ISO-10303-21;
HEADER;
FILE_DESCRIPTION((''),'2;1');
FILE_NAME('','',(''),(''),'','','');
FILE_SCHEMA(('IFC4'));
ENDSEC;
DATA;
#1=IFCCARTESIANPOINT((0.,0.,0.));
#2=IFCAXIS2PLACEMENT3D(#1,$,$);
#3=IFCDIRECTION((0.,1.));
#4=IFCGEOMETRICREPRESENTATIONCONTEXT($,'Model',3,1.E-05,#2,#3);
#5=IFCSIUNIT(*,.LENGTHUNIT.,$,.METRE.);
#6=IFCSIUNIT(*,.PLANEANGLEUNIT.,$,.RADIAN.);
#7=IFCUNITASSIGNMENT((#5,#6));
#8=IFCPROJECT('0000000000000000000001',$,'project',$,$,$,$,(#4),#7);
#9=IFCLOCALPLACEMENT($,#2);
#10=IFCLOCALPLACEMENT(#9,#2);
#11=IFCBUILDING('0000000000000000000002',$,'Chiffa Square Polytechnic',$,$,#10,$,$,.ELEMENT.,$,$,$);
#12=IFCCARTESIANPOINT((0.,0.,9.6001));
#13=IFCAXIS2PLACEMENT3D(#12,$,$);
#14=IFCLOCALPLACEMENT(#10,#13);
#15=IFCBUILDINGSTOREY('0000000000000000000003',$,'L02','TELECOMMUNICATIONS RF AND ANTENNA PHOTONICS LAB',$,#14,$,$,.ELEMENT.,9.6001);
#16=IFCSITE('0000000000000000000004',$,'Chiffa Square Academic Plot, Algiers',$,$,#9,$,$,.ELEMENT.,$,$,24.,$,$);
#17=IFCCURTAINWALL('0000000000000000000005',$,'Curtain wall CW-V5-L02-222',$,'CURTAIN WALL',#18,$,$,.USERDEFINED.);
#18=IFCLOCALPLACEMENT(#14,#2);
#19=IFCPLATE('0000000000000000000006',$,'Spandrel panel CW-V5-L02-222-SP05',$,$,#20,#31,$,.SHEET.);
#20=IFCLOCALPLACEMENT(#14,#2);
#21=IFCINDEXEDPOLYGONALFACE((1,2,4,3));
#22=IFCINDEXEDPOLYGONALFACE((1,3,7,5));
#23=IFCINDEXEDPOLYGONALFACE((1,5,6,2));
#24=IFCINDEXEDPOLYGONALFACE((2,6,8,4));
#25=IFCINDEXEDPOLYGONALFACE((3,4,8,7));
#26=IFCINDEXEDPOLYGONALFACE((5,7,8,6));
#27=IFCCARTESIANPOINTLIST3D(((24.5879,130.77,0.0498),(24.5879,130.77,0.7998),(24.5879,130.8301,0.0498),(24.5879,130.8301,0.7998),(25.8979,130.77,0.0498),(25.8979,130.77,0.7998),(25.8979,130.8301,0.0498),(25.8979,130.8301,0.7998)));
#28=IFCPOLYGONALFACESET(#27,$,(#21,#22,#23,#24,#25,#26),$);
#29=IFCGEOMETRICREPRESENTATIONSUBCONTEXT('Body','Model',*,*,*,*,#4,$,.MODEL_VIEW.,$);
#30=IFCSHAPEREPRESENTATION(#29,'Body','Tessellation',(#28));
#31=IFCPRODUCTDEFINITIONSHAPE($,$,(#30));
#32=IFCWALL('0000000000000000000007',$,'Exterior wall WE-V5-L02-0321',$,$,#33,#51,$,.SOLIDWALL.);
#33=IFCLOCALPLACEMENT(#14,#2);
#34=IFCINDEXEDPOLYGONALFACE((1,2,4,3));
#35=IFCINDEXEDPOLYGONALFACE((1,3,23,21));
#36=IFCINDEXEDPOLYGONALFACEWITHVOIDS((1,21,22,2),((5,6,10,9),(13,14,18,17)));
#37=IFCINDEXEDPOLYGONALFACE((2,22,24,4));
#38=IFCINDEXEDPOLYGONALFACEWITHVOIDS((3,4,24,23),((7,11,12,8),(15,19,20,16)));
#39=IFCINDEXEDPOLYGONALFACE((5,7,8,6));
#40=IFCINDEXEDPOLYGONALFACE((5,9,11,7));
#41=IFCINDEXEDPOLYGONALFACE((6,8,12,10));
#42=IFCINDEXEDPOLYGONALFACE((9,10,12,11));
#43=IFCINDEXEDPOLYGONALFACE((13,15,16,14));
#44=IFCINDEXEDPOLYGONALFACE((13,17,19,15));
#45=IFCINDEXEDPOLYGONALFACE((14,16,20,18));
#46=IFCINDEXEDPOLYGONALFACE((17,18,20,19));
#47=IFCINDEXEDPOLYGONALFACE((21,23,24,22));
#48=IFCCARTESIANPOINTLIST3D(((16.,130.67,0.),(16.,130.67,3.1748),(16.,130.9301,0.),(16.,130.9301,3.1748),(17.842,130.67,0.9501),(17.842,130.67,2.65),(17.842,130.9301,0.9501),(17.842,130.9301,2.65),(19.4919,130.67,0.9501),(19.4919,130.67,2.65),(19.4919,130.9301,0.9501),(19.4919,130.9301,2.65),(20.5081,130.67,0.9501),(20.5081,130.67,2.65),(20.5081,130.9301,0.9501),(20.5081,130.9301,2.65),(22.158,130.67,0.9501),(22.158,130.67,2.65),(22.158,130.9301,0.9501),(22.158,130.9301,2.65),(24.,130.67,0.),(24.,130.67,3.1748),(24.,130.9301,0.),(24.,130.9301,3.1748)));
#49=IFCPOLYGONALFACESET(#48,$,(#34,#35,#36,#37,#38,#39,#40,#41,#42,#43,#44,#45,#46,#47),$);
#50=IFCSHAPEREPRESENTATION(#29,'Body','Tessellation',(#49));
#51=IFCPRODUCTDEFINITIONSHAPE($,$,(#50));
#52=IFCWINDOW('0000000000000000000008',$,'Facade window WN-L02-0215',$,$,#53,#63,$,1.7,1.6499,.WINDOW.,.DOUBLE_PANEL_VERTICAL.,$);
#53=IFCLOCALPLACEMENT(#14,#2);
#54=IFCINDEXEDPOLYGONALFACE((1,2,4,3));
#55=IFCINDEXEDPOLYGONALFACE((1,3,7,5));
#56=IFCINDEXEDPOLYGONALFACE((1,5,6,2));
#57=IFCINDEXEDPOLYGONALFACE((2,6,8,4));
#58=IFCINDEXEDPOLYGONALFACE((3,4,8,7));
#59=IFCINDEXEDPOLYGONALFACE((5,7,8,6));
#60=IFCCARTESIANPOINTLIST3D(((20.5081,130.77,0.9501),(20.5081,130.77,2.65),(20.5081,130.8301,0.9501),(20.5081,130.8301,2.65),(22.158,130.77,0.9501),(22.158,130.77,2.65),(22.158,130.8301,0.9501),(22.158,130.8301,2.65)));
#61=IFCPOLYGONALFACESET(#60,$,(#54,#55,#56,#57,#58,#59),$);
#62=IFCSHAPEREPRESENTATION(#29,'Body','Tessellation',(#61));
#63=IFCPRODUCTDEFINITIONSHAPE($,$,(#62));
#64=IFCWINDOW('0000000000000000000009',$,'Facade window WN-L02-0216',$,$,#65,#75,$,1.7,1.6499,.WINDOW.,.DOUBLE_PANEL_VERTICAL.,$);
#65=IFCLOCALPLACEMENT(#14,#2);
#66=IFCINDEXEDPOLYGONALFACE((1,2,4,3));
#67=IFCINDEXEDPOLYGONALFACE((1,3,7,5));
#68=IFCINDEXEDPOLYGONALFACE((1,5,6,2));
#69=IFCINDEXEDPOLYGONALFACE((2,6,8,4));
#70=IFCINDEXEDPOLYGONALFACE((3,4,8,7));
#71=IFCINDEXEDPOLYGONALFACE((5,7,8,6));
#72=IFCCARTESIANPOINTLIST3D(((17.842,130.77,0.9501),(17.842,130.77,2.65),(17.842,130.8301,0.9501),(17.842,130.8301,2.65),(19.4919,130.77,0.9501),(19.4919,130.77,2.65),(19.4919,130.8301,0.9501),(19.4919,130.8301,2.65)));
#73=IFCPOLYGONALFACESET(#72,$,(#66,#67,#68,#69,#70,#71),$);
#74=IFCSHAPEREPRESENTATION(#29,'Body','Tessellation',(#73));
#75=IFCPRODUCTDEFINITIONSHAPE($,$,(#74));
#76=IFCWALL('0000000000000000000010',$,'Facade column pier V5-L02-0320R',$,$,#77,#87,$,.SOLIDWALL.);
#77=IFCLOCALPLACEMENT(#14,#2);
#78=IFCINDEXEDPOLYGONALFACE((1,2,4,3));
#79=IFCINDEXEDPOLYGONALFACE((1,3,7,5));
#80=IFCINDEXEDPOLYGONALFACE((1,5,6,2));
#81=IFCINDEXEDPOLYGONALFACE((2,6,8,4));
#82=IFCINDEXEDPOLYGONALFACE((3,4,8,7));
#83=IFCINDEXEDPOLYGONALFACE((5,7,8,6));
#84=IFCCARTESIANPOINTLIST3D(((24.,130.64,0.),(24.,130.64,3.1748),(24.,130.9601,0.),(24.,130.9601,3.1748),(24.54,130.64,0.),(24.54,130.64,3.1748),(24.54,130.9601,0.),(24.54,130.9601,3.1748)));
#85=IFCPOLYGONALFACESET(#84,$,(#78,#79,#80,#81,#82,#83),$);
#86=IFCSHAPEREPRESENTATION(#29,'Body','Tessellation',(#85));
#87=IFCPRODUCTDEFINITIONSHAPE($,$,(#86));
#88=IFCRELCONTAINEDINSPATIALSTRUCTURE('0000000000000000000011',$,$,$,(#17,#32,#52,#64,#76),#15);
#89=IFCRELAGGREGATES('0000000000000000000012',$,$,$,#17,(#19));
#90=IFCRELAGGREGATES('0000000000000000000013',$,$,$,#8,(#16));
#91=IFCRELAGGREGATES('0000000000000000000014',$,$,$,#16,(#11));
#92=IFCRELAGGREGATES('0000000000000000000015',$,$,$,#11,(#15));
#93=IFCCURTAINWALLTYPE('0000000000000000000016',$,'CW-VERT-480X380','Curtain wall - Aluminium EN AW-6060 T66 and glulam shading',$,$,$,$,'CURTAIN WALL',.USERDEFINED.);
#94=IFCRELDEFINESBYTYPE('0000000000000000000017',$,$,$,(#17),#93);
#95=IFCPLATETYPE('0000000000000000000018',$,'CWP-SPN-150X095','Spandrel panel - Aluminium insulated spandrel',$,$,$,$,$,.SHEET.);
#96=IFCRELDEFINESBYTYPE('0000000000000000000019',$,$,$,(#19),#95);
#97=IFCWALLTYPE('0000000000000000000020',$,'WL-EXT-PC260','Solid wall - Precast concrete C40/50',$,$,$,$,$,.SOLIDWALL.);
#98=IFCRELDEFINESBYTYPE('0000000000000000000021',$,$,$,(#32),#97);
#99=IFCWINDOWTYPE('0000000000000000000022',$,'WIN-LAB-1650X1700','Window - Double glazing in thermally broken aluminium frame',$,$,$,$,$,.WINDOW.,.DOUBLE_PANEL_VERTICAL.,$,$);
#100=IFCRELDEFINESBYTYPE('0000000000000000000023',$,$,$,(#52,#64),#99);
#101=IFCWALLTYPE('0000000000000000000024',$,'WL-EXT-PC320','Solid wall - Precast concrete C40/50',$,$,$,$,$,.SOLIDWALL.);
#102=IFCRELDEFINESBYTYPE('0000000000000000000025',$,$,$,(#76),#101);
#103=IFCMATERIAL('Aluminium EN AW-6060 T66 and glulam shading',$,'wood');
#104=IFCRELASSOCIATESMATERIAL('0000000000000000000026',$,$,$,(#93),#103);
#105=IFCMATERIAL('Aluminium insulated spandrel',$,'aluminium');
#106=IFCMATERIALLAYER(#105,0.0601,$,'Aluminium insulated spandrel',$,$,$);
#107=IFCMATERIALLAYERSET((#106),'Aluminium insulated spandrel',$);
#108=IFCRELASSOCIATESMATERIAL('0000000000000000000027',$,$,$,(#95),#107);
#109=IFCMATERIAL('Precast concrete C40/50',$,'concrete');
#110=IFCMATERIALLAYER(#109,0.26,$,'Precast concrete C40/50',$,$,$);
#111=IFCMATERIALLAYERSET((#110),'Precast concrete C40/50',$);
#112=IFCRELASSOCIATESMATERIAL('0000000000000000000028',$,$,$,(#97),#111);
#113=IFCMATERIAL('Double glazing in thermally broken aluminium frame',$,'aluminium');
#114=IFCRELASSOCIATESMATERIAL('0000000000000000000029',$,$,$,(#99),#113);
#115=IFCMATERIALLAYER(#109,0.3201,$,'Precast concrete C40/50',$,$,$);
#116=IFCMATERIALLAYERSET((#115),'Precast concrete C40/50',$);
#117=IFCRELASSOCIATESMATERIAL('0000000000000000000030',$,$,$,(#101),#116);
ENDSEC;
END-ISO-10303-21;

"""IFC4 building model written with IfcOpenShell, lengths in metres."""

from ifc_helpers import new_model, si_unit, direction, frame, frame_2d, origin, origin_2d, place, context, subcontext, project, spatial, rectangle, extrude, material, layer, layer_set, type_object, element, fill, aggregate, save


model = new_model("IFC4")

# Units and contexts
model_context = context("Model", 3, precision=1e-05, world=origin(), true_north=direction((0.0, 1.0)))
body_context = subcontext(model_context, "Body", "Model", "MODEL_VIEW")
ifc_project = project(units=[si_unit("LENGTHUNIT", "METRE"), si_unit("PLANEANGLEUNIT", "RADIAN")], contexts=[model_context])

# Site, building, storey
site_placement = place(None, origin())
site = spatial("IfcSite", under=ifc_project, at=site_placement, Name="Chiffa Square Academic Plot, Algiers", CompositionType="ELEMENT", RefElevation=24.0)
building_placement = place(site_placement, origin())
building = spatial("IfcBuilding", under=site, at=building_placement, Name="Chiffa Square Polytechnic", CompositionType="ELEMENT")
storey_placement = place(building_placement, frame((0.0, 0.0, 9.6001)))
storey = spatial("IfcBuildingStorey", under=building, at=storey_placement, Name="L02", Description="TELECOMMUNICATIONS RF AND ANTENNA PHOTONICS LAB", CompositionType="ELEMENT", Elevation=9.6001)

# Curtain wall, plate
ifc_material_1 = material(Name="Aluminium EN AW-6060 T66 and glulam shading", Category="wood")
curtain_wall_type = type_object("IfcCurtainWallType", Name="CW-VERT-480X380", Description="Curtain wall - Aluminium EN AW-6060 T66 and glulam shading", ElementType="CURTAIN WALL", PredefinedType="USERDEFINED", material=ifc_material_1)
curtain_wall_placement = place(storey_placement, origin())
curtain_wall = element("IfcCurtainWall", 1, at=curtain_wall_placement, inside=storey, type_object=curtain_wall_type, Name="Curtain wall CW-V5-L02-222", ObjectType="CURTAIN WALL", PredefinedType="USERDEFINED")
ifc_material_2 = material(Name="Aluminium insulated spandrel", Category="aluminium")
ifc_layer_1 = layer(ifc_material_2, 0.0601, Name="Aluminium insulated spandrel")
ifc_layer_set_1 = layer_set([ifc_layer_1], Name="Aluminium insulated spandrel")
plate_type_1 = type_object("IfcPlateType", Name="CWP-SPN-150X095", Description="Spandrel panel - Aluminium insulated spandrel", PredefinedType="SHEET", material=ifc_layer_set_1)
plate_1_placement = place(storey_placement, frame((25.2429, 130.8, 0.0498), z_axis=(0.0, 0.0, 1.0), x_axis=(-1.0, 0.0, 0.0)))
plate_1 = element("IfcPlate", 2, at=plate_1_placement, type_object=plate_type_1, Name="Spandrel panel CW-V5-L02-222-SP05", PredefinedType="SHEET", context=body_context, shape_type="SweptSolid", body=[
    extrude(rectangle(XDim=1.3101, YDim=0.0601, at=origin_2d()), origin(), (0.0, 0.0, 1.0), 0.75),
])
aggregate(curtain_wall, [plate_1])

# Wall, openings, windows
ifc_material_3 = material(Name="Precast concrete C40/50", Category="concrete")
ifc_layer_2 = layer(ifc_material_3, 0.26, Name="Precast concrete C40/50")
ifc_layer_set_2 = layer_set([ifc_layer_2], Name="Precast concrete C40/50")
wall_type_1 = type_object("IfcWallType", Name="WL-EXT-PC260", Description="Solid wall - Precast concrete C40/50", PredefinedType="SOLIDWALL", material=ifc_layer_set_2)
wall_1_placement = place(storey_placement, frame((24.0, 130.8, 0.0), z_axis=(0.0, 0.0, 1.0), x_axis=(-1.0, 0.0, 0.0)))
wall_1 = element("IfcWall", 3, at=wall_1_placement, inside=storey, type_object=wall_type_1, Name="Exterior wall WE-V5-L02-0321", PredefinedType="SOLIDWALL", context=body_context, shape_type="SweptSolid", body=[
    extrude(rectangle(XDim=8.0, YDim=0.26, at=frame_2d((4.0, 0.0))), origin(), (0.0, 0.0, 1.0), 3.1748),
])
opening_1_placement = place(wall_1_placement, frame((1.842, 0.0, 0.95)))
opening_1 = element("IfcOpeningElement", 4, at=opening_1_placement, cuts=wall_1, PredefinedType="OPENING", context=body_context, shape_type="SweptSolid", body=[
    extrude(rectangle(XDim=1.6499, YDim=1.7, at=frame_2d((0.825, 0.8501))), frame((0.0, 0.1401, 0.0), z_axis=(0.0, -1.0, 0.0), x_axis=(1.0, 0.0, 0.0)), (0.0, 0.0, 1.0), 0.28),
])
opening_2_placement = place(wall_1_placement, frame((4.5081, 0.0, 0.95)))
opening_2 = element("IfcOpeningElement", 5, at=opening_2_placement, cuts=wall_1, PredefinedType="OPENING", context=body_context, shape_type="SweptSolid", body=[
    extrude(rectangle(XDim=1.6499, YDim=1.7, at=frame_2d((0.825, 0.8501))), frame((0.0, 0.1401, 0.0), z_axis=(0.0, -1.0, 0.0), x_axis=(1.0, 0.0, 0.0)), (0.0, 0.0, 1.0), 0.28),
])
ifc_material_4 = material(Name="Double glazing in thermally broken aluminium frame", Category="aluminium")
window_type = type_object("IfcWindowType", Name="WIN-LAB-1650X1700", Description="Window - Double glazing in thermally broken aluminium frame", PartitioningType="DOUBLE_PANEL_VERTICAL", PredefinedType="WINDOW", material=ifc_material_4)
window_1_placement = place(opening_1_placement, origin())
window_1 = element("IfcWindow", 6, at=window_1_placement, inside=storey, type_object=window_type, Name="Facade window WN-L02-0215", OverallHeight=1.7, OverallWidth=1.6499, PartitioningType="DOUBLE_PANEL_VERTICAL", PredefinedType="WINDOW", context=body_context, shape_type="SweptSolid", body=[
    extrude(rectangle(XDim=1.6499, YDim=1.7, at=frame_2d((0.825, 0.8501))), frame((0.0, 0.03, 0.0), z_axis=(0.0, -1.0, 0.0), x_axis=(1.0, 0.0, 0.0)), (0.0, 0.0, 1.0), 0.0601),
])
fill(opening_1, window_1)
window_2_placement = place(opening_2_placement, origin())
window_2 = element("IfcWindow", 7, at=window_2_placement, inside=storey, type_object=window_type, Name="Facade window WN-L02-0216", OverallHeight=1.7, OverallWidth=1.6499, PartitioningType="DOUBLE_PANEL_VERTICAL", PredefinedType="WINDOW", context=body_context, shape_type="SweptSolid", body=[
    extrude(rectangle(XDim=1.6499, YDim=1.7, at=frame_2d((0.825, 0.8501))), frame((0.0, 0.03, 0.0), z_axis=(0.0, -1.0, 0.0), x_axis=(1.0, 0.0, 0.0)), (0.0, 0.0, 1.0), 0.0601),
])
fill(opening_2, window_2)

# Wall
ifc_layer_3 = layer(ifc_material_3, 0.3201, Name="Precast concrete C40/50")
ifc_layer_set_3 = layer_set([ifc_layer_3], Name="Precast concrete C40/50")
wall_type_2 = type_object("IfcWallType", Name="WL-EXT-PC320", Description="Solid wall - Precast concrete C40/50", PredefinedType="SOLIDWALL", material=ifc_layer_set_3)
wall_2_placement = place(storey_placement, frame((24.54, 130.8, 0.0), z_axis=(0.0, 0.0, 1.0), x_axis=(-1.0, 0.0, 0.0)))
element("IfcWall", 8, at=wall_2_placement, inside=storey, type_object=wall_type_2, Name="Facade column pier V5-L02-0320R", PredefinedType="SOLIDWALL", context=body_context, shape_type="SweptSolid", body=[
    extrude(rectangle(XDim=0.54, YDim=0.3201, at=frame_2d((0.27, 0.0))), origin(), (0.0, 0.0, 1.0), 3.1748),
])

save(model, "model.ifc")
